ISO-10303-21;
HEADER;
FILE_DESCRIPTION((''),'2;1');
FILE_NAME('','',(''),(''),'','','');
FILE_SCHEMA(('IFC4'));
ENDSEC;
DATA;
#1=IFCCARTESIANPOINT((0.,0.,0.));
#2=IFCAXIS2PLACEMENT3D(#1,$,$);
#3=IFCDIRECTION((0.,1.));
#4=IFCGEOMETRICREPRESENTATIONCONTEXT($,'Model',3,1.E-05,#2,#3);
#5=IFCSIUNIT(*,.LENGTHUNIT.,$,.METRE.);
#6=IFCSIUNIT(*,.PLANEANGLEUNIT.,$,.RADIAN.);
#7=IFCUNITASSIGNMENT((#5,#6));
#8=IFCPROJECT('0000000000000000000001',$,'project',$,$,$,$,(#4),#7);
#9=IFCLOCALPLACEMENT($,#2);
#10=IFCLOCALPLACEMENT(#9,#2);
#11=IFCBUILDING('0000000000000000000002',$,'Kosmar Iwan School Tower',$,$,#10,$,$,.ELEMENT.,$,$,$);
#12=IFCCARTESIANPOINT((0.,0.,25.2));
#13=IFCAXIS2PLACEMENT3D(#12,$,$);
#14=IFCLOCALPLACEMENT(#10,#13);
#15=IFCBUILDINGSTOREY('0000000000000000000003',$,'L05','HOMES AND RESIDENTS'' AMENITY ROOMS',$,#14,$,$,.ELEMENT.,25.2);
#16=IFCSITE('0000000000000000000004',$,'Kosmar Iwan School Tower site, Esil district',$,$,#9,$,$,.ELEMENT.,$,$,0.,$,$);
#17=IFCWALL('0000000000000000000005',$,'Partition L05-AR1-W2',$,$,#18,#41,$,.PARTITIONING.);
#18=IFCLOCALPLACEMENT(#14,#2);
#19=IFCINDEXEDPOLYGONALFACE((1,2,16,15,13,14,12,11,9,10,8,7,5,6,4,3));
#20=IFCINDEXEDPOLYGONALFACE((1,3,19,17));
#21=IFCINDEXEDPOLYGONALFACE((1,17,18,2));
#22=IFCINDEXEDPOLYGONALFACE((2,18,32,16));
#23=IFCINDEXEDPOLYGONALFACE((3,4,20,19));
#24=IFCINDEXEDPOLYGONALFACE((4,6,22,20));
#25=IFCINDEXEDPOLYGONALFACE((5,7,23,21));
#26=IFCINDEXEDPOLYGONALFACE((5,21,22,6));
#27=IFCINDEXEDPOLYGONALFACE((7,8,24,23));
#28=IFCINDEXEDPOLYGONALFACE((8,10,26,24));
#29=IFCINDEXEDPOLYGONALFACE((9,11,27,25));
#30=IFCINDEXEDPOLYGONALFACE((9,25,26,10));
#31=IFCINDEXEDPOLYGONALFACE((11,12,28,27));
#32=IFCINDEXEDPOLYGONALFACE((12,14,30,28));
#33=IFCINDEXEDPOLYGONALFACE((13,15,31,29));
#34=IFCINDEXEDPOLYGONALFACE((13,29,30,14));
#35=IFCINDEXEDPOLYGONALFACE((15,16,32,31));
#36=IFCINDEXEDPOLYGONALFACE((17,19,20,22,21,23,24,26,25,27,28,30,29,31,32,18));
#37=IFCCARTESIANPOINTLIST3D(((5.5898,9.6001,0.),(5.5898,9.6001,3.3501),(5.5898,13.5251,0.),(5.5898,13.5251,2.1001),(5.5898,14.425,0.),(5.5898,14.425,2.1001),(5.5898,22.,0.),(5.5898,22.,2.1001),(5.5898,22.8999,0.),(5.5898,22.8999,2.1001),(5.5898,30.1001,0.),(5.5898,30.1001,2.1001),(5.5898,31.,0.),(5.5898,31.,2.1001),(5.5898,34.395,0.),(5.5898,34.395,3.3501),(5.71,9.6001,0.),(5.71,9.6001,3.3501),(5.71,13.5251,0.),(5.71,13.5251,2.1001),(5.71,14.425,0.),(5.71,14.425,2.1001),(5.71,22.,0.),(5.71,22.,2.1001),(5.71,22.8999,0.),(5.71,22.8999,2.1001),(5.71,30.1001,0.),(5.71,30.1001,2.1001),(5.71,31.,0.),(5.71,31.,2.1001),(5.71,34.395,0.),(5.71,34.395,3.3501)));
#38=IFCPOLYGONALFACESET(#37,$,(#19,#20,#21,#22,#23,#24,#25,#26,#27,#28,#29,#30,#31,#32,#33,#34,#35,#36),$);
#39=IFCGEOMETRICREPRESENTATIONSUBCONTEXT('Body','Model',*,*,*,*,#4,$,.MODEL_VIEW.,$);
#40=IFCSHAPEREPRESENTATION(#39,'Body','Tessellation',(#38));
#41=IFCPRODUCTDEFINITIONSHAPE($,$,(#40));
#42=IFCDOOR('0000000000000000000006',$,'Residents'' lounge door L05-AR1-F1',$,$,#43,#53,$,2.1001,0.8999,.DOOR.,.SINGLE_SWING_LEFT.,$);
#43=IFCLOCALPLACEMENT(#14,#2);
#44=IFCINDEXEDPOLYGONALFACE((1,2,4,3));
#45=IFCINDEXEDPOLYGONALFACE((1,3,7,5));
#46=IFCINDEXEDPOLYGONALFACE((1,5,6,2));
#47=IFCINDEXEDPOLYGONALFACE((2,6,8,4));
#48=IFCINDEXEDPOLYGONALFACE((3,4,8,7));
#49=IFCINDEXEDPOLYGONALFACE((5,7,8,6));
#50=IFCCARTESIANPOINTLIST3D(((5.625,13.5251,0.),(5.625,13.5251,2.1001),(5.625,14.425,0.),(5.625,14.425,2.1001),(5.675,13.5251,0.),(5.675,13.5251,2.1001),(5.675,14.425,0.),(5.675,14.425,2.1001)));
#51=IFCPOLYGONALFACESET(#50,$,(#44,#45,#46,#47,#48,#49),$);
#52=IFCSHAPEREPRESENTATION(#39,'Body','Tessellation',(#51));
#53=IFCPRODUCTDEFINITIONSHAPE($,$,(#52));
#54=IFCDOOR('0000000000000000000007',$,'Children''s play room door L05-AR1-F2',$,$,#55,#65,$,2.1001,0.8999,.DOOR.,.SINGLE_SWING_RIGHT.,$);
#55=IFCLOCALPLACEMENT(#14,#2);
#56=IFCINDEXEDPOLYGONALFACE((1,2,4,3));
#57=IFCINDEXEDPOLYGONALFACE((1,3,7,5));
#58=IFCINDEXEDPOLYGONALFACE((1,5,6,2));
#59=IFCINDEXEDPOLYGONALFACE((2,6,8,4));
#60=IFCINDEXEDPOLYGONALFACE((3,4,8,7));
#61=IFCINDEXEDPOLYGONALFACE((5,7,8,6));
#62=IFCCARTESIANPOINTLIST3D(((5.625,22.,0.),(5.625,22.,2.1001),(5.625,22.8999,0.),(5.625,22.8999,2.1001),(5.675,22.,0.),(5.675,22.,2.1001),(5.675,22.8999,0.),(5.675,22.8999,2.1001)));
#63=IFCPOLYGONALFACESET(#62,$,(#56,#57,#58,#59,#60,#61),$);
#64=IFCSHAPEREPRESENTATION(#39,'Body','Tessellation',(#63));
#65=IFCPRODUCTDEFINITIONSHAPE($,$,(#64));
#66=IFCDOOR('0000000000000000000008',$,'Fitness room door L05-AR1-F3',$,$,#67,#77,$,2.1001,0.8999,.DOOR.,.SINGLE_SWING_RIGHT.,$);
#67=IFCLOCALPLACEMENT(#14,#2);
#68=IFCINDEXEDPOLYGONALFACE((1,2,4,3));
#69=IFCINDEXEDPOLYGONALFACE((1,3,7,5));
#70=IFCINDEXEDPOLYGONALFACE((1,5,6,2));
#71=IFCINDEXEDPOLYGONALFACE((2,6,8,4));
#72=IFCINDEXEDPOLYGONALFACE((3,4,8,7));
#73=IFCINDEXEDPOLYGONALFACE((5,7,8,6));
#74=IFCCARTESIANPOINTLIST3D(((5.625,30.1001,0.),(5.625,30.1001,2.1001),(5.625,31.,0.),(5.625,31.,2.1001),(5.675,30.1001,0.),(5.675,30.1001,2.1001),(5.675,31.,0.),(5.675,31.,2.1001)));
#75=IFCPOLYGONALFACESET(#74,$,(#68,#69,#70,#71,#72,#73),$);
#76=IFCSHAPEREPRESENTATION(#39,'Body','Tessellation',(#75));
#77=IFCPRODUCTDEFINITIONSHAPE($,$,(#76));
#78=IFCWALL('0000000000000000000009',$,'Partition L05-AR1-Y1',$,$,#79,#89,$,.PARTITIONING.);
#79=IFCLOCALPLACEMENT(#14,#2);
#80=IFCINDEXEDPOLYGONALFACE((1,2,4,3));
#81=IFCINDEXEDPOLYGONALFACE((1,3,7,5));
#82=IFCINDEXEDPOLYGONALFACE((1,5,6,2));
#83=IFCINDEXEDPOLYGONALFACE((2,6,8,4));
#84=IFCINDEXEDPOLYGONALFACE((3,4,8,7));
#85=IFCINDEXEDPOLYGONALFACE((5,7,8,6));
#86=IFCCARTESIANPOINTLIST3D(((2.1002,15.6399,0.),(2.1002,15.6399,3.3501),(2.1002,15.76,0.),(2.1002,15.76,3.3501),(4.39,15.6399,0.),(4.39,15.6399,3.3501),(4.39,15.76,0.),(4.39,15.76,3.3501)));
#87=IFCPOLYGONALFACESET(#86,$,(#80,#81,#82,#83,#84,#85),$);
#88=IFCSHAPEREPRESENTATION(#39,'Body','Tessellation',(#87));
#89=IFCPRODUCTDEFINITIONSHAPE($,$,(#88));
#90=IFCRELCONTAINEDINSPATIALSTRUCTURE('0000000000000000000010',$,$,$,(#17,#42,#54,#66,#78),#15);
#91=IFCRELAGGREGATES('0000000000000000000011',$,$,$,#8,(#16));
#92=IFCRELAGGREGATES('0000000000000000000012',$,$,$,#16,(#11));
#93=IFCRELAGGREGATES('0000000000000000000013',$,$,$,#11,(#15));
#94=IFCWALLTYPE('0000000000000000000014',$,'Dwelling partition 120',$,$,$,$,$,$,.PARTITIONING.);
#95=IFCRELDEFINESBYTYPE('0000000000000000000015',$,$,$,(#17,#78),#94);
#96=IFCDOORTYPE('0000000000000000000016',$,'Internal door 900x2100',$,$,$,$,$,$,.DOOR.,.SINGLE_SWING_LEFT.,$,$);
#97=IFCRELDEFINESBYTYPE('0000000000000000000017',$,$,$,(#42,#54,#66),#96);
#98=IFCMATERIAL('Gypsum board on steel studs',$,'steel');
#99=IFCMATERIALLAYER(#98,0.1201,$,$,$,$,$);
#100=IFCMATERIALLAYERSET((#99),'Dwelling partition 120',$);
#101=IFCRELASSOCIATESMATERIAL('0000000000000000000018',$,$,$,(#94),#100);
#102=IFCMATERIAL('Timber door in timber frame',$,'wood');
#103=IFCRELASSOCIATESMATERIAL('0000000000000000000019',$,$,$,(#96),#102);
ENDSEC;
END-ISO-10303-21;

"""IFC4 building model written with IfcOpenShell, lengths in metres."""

from ifc_helpers import new_model, si_unit, direction, frame, frame_2d, origin, place, context, subcontext, project, spatial, rectangle, extrude, material, layer, layer_set, type_object, element, fill, save


model = new_model("IFC4")

# Units and contexts
model_context = context("Model", 3, precision=1e-05, world=origin(), true_north=direction((0.0, 1.0)))
body_context = subcontext(model_context, "Body", "Model", "MODEL_VIEW")
ifc_project = project(units=[si_unit("LENGTHUNIT", "METRE"), si_unit("PLANEANGLEUNIT", "RADIAN")], contexts=[model_context])

# Site, building, storey
site_placement = place(None, origin())
site = spatial("IfcSite", under=ifc_project, at=site_placement, Name="Kosmar Iwan School Tower site, Esil district", CompositionType="ELEMENT", RefElevation=0.0)
building_placement = place(site_placement, origin())
building = spatial("IfcBuilding", under=site, at=building_placement, Name="Kosmar Iwan School Tower", CompositionType="ELEMENT")
storey_placement = place(building_placement, frame((0.0, 0.0, 25.2)))
storey = spatial("IfcBuildingStorey", under=building, at=storey_placement, Name="L05", Description="HOMES AND RESIDENTS' AMENITY ROOMS", CompositionType="ELEMENT", Elevation=25.2)

# Wall, openings, doors
ifc_material_1 = material(Name="Gypsum board on steel studs", Category="steel")
ifc_layer = layer(ifc_material_1, 0.1201)
ifc_layer_set = layer_set([ifc_layer], Name="Dwelling partition 120")
wall_type = type_object("IfcWallType", Name="Dwelling partition 120", PredefinedType="PARTITIONING", material=ifc_layer_set)
ifc_material_2 = material(Name="Timber door in timber frame", Category="wood")
door_type = type_object("IfcDoorType", Name="Internal door 900x2100", OperationType="SINGLE_SWING_LEFT", PredefinedType="DOOR", material=ifc_material_2)
wall_1_placement = place(storey_placement, frame((5.6499, 9.6001, 0.0), z_axis=(0.0, 0.0, 1.0), x_axis=(0.0, 1.0, 0.0)))
wall_1 = element("IfcWall", 1, at=wall_1_placement, inside=storey, type_object=wall_type, Name="Partition L05-AR1-W2", PredefinedType="PARTITIONING", context=body_context, shape_type="SweptSolid", body=[
    extrude(rectangle(XDim=24.7949, YDim=0.1201, at=frame_2d((12.3975, 0.0))), origin(), (0.0, 0.0, 1.0), 3.3501),
])
opening_1_placement = place(wall_1_placement, frame((3.925, 0.0, 0.0)))
opening_1 = element("IfcOpeningElement", 2, at=opening_1_placement, cuts=wall_1, PredefinedType="OPENING", context=body_context, shape_type="SweptSolid", body=[
    extrude(rectangle(XDim=0.8999, YDim=2.1001, at=frame_2d((0.45, 1.05))), frame((0.0, 0.072, 0.0), z_axis=(0.0, -1.0, 0.0), x_axis=(1.0, 0.0, 0.0)), (0.0, 0.0, 1.0), 0.144),
])
opening_2_placement = place(wall_1_placement, frame((12.3999, 0.0, 0.0)))
opening_2 = element("IfcOpeningElement", 3, at=opening_2_placement, cuts=wall_1, PredefinedType="OPENING", context=body_context, shape_type="SweptSolid", body=[
    extrude(rectangle(XDim=0.8999, YDim=2.1001, at=frame_2d((0.45, 1.05))), frame((0.0, 0.072, 0.0), z_axis=(0.0, -1.0, 0.0), x_axis=(1.0, 0.0, 0.0)), (0.0, 0.0, 1.0), 0.144),
])
opening_3_placement = place(wall_1_placement, frame((20.5, 0.0, 0.0)))
opening_3 = element("IfcOpeningElement", 4, at=opening_3_placement, cuts=wall_1, PredefinedType="OPENING", context=body_context, shape_type="SweptSolid", body=[
    extrude(rectangle(XDim=0.8999, YDim=2.1001, at=frame_2d((0.45, 1.05))), frame((0.0, 0.072, 0.0), z_axis=(0.0, -1.0, 0.0), x_axis=(1.0, 0.0, 0.0)), (0.0, 0.0, 1.0), 0.144),
])
door_1_placement = place(opening_1_placement, origin())
door_1 = element("IfcDoor", 5, at=door_1_placement, inside=storey, type_object=door_type, Name="Residents' lounge door L05-AR1-F1", OperationType="SINGLE_SWING_LEFT", OverallHeight=2.1001, OverallWidth=0.8999, PredefinedType="DOOR", context=body_context, shape_type="SweptSolid", body=[
    extrude(rectangle(XDim=0.8999, YDim=2.1001, at=frame_2d((0.45, 1.05))), frame((0.0, 0.0249, 0.0), z_axis=(0.0, -1.0, 0.0), x_axis=(1.0, 0.0, 0.0)), (0.0, 0.0, 1.0), 0.05),
])
fill(opening_1, door_1)
door_2_placement = place(opening_2_placement, origin())
door_2 = element("IfcDoor", 6, at=door_2_placement, inside=storey, type_object=door_type, Name="Children's play room door L05-AR1-F2", OperationType="SINGLE_SWING_RIGHT", OverallHeight=2.1001, OverallWidth=0.8999, PredefinedType="DOOR", context=body_context, shape_type="SweptSolid", body=[
    extrude(rectangle(XDim=0.8999, YDim=2.1001, at=frame_2d((0.45, 1.05))), frame((0.0, 0.0249, 0.0), z_axis=(0.0, -1.0, 0.0), x_axis=(1.0, 0.0, 0.0)), (0.0, 0.0, 1.0), 0.05),
])
fill(opening_2, door_2)
door_3_placement = place(opening_3_placement, origin())
door_3 = element("IfcDoor", 7, at=door_3_placement, inside=storey, type_object=door_type, Name="Fitness room door L05-AR1-F3", OperationType="SINGLE_SWING_RIGHT", OverallHeight=2.1001, OverallWidth=0.8999, PredefinedType="DOOR", context=body_context, shape_type="SweptSolid", body=[
    extrude(rectangle(XDim=0.8999, YDim=2.1001, at=frame_2d((0.45, 1.05))), frame((0.0, 0.0249, 0.0), z_axis=(0.0, -1.0, 0.0), x_axis=(1.0, 0.0, 0.0)), (0.0, 0.0, 1.0), 0.05),
])
fill(opening_3, door_3)

# Wall
wall_2_placement = place(storey_placement, frame((2.1001, 15.7, 0.0), z_axis=(0.0, 0.0, 1.0), x_axis=(1.0, 0.0, 0.0)))
element("IfcWall", 8, at=wall_2_placement, inside=storey, type_object=wall_type, Name="Partition L05-AR1-Y1", PredefinedType="PARTITIONING", context=body_context, shape_type="SweptSolid", body=[
    extrude(rectangle(XDim=2.2898, YDim=0.1201, at=frame_2d((1.145, 0.0))), origin(), (0.0, 0.0, 1.0), 3.3501),
])

save(model, "model.ifc")
